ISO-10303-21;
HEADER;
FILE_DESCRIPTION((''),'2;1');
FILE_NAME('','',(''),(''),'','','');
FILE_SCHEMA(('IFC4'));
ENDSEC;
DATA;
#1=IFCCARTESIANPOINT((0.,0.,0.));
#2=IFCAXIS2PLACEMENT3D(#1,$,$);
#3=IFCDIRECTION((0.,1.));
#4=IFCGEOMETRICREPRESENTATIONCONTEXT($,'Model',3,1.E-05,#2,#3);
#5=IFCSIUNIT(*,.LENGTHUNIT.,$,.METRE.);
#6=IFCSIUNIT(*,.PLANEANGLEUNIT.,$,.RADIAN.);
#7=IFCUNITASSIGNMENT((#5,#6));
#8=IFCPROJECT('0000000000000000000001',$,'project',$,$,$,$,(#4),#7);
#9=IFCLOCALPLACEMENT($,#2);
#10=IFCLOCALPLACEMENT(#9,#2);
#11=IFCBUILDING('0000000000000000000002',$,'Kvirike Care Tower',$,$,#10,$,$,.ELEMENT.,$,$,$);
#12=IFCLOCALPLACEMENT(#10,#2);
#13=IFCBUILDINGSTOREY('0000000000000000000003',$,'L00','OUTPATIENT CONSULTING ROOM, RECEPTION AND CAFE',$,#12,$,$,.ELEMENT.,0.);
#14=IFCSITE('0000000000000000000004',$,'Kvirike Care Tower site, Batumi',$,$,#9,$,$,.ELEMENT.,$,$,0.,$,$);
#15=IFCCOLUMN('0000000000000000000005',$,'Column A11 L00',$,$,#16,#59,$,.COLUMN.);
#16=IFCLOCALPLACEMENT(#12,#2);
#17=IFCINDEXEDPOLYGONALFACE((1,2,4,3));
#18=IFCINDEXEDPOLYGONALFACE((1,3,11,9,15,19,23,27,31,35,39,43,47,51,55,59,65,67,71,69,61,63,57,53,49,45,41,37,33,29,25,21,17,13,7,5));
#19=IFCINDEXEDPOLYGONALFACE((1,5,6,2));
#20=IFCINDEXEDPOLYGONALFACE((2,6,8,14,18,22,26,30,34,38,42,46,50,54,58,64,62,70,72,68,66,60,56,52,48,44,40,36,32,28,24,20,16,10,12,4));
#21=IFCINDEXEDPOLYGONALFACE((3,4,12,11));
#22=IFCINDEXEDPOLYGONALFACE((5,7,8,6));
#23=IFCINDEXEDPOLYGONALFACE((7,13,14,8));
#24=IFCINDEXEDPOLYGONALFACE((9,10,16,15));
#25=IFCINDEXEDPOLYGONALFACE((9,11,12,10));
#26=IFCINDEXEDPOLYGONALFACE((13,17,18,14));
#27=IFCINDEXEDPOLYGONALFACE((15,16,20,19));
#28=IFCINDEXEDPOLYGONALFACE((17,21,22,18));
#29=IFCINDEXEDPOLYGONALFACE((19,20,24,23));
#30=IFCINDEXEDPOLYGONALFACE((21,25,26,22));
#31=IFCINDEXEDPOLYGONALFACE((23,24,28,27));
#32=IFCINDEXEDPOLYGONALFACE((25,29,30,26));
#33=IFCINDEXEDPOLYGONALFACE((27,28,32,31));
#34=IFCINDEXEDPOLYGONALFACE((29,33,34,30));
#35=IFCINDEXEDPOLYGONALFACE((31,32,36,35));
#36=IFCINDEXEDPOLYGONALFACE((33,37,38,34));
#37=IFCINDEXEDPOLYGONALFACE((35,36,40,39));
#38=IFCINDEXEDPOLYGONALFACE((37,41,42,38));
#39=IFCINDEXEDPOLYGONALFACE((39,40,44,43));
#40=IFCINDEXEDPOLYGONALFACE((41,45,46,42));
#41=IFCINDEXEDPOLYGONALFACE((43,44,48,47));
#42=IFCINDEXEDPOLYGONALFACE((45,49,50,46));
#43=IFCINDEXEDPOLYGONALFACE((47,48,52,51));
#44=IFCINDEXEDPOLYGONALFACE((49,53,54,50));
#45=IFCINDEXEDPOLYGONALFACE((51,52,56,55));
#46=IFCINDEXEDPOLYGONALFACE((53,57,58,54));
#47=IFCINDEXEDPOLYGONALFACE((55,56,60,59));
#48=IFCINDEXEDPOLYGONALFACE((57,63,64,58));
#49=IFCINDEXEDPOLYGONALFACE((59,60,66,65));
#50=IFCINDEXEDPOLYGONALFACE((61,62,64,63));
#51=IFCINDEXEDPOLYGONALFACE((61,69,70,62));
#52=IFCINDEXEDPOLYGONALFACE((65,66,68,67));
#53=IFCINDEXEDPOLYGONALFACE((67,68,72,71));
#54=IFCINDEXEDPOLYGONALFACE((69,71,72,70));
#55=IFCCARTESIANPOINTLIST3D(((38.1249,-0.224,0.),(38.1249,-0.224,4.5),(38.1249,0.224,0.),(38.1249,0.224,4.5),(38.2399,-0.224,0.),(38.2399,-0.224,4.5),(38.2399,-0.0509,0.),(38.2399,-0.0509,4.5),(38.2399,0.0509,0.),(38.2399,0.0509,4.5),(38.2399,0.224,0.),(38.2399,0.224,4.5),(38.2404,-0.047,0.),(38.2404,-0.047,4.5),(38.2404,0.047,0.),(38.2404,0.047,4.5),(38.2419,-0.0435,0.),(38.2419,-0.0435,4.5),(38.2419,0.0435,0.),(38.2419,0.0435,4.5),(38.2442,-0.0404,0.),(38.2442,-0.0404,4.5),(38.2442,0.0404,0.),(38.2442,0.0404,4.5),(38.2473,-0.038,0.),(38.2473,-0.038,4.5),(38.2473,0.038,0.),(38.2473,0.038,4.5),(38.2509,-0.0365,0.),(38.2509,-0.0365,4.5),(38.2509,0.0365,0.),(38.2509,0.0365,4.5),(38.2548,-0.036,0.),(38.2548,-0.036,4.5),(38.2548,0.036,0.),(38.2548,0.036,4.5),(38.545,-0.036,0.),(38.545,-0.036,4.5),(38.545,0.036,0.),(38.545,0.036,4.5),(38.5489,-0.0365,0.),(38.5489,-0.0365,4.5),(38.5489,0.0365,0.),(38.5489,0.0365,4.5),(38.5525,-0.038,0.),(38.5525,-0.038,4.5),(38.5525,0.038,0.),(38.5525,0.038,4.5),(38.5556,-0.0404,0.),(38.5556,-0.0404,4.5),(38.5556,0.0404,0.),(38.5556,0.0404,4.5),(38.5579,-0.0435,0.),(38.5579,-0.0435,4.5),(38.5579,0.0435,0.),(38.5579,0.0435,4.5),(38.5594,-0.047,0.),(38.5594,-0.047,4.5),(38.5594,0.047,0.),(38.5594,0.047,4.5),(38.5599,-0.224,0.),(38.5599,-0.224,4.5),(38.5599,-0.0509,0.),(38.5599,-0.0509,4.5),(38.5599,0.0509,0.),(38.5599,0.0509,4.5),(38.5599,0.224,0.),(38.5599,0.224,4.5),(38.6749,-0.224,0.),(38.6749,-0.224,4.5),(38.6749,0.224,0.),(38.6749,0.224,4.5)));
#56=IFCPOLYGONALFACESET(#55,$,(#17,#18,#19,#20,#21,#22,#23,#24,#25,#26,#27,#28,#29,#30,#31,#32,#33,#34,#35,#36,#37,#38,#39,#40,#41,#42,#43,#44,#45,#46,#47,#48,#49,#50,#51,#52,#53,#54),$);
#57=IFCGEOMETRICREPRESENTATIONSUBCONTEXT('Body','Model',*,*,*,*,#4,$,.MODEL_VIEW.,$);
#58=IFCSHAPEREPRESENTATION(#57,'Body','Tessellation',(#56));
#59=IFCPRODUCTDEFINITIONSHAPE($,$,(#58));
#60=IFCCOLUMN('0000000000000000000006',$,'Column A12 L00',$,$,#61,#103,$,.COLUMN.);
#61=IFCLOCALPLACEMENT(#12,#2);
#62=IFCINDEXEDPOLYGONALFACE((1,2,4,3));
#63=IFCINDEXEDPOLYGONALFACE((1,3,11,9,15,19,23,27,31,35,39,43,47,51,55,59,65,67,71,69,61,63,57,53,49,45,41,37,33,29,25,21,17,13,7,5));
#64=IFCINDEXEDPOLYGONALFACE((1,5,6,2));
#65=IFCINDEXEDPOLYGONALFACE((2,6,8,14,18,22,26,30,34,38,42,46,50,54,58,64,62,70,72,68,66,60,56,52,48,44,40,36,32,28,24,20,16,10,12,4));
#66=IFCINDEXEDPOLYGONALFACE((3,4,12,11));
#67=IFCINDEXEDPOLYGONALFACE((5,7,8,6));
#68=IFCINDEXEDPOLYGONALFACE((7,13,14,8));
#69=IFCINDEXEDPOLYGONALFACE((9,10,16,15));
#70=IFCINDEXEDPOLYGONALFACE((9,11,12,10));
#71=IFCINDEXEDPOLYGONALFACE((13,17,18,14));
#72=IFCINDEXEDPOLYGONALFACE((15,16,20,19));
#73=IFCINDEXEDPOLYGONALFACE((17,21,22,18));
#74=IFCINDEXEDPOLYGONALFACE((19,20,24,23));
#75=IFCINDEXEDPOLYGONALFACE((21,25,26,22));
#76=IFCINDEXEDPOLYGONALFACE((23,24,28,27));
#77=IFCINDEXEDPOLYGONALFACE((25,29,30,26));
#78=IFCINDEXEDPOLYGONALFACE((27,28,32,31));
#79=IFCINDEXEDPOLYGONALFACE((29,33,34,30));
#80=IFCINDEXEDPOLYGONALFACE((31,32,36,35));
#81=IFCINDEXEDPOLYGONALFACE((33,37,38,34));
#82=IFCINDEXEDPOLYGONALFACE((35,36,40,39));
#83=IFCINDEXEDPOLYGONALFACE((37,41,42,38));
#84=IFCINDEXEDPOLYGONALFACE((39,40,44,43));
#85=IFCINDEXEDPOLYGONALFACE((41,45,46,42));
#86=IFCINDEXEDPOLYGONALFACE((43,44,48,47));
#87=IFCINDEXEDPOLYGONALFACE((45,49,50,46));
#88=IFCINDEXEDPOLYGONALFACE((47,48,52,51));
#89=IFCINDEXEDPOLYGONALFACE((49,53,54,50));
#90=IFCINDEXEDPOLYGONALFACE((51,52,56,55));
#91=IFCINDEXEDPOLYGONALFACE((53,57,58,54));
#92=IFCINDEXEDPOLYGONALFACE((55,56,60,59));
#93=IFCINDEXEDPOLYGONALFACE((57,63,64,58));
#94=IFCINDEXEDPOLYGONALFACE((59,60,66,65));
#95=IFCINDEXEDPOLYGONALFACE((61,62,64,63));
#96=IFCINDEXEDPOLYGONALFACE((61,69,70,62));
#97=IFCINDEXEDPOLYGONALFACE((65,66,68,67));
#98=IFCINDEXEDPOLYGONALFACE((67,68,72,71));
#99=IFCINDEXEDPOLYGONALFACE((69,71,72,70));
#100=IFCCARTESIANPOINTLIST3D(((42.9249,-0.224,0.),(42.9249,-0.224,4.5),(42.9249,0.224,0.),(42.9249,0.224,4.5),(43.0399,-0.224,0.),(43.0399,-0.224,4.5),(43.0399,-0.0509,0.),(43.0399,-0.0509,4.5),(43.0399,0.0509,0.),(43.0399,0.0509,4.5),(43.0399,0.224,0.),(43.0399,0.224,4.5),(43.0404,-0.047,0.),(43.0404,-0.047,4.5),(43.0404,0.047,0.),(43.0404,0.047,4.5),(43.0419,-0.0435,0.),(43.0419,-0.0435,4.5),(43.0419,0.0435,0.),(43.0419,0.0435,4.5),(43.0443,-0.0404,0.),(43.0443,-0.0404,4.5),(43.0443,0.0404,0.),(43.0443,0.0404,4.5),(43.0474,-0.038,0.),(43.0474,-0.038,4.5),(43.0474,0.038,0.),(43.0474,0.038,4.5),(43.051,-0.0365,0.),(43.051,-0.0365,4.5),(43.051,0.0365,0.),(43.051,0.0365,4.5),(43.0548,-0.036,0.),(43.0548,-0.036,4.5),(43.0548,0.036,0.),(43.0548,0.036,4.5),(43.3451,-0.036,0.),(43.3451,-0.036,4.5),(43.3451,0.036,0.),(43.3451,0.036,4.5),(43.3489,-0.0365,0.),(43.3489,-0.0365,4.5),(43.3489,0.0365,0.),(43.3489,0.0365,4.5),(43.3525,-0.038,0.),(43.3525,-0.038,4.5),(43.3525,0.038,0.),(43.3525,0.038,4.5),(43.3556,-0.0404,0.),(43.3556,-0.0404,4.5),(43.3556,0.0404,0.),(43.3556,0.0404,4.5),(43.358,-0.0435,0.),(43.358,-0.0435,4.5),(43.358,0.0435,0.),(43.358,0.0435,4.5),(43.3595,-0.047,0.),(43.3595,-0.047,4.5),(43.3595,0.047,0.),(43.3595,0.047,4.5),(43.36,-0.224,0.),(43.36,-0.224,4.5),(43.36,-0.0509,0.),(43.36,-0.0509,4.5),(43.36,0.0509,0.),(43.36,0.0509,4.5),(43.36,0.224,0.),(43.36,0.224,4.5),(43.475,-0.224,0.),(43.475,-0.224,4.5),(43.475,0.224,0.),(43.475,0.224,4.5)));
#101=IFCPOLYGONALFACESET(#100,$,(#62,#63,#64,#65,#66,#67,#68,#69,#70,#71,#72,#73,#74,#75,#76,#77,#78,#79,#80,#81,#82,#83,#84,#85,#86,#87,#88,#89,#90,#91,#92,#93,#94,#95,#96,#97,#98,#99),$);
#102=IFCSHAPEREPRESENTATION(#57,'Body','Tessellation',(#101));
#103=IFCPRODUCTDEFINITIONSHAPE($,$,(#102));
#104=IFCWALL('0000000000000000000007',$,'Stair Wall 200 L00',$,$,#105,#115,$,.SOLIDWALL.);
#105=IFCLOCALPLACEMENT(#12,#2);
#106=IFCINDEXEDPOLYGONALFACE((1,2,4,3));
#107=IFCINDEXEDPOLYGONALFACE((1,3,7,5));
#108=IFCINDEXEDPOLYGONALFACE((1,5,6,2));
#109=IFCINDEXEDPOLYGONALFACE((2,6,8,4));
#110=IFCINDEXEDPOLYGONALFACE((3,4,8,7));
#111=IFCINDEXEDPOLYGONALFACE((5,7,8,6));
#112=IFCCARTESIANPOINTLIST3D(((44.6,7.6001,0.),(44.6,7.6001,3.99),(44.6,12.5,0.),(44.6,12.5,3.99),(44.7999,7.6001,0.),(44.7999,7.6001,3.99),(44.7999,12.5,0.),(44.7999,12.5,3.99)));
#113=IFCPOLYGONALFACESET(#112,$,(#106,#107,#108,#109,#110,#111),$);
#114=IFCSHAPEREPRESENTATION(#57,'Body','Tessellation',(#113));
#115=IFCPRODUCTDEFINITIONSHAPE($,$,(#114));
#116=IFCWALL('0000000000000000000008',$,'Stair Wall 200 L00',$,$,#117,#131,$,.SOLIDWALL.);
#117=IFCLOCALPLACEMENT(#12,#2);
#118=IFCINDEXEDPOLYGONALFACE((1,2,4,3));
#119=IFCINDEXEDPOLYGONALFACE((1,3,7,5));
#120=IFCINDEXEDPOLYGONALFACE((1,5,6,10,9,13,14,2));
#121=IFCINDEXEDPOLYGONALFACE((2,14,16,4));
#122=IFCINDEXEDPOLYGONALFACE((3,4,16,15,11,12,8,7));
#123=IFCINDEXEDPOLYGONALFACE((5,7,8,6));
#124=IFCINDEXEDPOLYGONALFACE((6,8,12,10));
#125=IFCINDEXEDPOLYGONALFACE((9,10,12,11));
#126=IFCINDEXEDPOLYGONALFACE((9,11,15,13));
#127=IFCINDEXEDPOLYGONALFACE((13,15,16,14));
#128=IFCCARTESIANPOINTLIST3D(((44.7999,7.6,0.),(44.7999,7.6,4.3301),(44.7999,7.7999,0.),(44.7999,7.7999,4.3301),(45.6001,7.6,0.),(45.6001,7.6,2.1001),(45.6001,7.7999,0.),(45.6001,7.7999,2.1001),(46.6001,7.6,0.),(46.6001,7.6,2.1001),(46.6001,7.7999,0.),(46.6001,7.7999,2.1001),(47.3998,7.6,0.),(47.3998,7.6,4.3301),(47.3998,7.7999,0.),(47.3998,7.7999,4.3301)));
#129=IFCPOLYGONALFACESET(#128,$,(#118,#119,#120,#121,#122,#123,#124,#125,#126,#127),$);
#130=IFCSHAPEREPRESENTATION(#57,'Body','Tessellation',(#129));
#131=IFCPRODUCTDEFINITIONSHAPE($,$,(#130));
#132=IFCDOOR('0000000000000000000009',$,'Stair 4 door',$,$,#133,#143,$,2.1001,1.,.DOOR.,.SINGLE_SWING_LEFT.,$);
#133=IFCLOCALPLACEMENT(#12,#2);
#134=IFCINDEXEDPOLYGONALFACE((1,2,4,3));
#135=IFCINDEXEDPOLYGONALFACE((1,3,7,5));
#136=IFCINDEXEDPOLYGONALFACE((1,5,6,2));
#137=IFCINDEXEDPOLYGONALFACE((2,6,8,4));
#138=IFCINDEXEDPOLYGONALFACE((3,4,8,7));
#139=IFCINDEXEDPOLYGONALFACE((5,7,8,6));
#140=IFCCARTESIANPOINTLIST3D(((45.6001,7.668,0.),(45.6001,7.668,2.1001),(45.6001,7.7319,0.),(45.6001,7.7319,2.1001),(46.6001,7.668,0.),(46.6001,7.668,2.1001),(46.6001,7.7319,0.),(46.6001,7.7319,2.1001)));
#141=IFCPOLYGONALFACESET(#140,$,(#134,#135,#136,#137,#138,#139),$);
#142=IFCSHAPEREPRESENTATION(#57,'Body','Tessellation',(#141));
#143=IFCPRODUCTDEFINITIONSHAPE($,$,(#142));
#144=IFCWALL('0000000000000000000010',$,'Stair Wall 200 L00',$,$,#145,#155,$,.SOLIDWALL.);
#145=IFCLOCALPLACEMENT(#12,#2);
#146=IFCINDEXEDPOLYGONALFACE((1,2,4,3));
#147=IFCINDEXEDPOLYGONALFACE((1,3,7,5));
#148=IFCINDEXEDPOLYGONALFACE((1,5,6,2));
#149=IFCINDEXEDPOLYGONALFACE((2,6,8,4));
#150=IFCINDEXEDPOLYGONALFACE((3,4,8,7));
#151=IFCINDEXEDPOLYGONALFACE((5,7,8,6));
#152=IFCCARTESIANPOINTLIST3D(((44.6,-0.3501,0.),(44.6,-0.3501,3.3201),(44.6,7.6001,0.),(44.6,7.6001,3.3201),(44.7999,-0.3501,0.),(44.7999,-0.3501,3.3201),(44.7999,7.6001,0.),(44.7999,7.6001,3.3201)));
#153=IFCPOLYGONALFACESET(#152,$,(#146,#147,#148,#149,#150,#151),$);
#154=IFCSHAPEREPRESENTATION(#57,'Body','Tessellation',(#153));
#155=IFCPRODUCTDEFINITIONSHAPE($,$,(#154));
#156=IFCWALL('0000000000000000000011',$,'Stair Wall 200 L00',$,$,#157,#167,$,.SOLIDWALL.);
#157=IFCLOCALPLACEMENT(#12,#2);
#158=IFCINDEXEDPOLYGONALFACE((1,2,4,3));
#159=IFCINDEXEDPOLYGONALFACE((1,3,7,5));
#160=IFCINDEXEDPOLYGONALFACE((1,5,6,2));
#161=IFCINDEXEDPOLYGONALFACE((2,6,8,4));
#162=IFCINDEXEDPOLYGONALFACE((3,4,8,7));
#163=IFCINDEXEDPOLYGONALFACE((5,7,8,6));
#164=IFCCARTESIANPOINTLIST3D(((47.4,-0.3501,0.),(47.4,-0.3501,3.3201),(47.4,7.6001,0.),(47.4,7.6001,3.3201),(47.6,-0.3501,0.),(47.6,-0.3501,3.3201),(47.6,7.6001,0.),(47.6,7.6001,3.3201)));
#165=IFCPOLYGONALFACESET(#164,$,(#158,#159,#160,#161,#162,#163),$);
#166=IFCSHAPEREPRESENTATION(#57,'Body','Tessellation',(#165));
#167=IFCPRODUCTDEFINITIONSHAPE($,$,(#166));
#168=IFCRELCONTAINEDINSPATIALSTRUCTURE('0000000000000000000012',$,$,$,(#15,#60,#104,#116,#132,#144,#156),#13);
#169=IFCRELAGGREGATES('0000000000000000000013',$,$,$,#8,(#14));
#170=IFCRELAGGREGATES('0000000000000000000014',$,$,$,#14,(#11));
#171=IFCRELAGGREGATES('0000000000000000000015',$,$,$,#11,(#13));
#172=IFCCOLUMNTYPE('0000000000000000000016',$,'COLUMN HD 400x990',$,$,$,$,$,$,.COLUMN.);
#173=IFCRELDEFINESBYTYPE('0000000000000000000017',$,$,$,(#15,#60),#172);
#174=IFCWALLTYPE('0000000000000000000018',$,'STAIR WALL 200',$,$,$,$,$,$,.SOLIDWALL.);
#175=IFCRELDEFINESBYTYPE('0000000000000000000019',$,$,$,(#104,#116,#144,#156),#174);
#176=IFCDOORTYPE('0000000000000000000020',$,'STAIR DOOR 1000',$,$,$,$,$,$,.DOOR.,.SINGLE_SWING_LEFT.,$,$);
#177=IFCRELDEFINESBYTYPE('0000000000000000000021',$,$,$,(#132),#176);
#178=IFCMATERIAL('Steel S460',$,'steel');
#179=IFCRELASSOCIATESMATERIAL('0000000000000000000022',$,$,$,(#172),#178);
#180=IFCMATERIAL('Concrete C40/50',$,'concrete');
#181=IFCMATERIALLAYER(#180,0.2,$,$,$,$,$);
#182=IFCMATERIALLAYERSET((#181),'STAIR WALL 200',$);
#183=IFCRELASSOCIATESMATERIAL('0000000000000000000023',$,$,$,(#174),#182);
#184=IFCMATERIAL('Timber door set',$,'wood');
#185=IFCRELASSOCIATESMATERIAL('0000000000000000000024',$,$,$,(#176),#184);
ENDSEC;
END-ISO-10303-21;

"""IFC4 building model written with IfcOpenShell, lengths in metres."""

from ifc_helpers import new_model, si_unit, direction, frame, frame_2d, origin, origin_2d, place, context, subcontext, project, spatial, rectangle, i_section, extrude, material, layer, layer_set, material_profile, profile_set, type_object, element, fill, save


model = new_model("IFC4")

# Units and contexts
model_context = context("Model", 3, precision=1e-05, world=origin(), true_north=direction((0.0, 1.0)))
body_context = subcontext(model_context, "Body", "Model", "MODEL_VIEW")
ifc_project = project(units=[si_unit("LENGTHUNIT", "METRE"), si_unit("PLANEANGLEUNIT", "RADIAN")], contexts=[model_context])

# Site, building, storey
site_placement = place(None, origin())
site = spatial("IfcSite", under=ifc_project, at=site_placement, Name="Kvirike Care Tower site, Batumi", CompositionType="ELEMENT", RefElevation=0.0)
building_placement = place(site_placement, origin())
building = spatial("IfcBuilding", under=site, at=building_placement, Name="Kvirike Care Tower", CompositionType="ELEMENT")
storey_placement = place(building_placement, origin())
storey = spatial("IfcBuildingStorey", under=building, at=storey_placement, Name="L00", Description="OUTPATIENT CONSULTING ROOM, RECEPTION AND CAFE", CompositionType="ELEMENT", Elevation=0.0)

# Columns
ifc_material_1 = material(Name="Steel S460", Category="steel")
ifc_material_profile_1 = material_profile(ifc_material_1, i_section(OverallWidth=0.448, OverallDepth=0.55, WebThickness=0.072, FlangeThickness=0.115, FilletRadius=0.0149, at=origin_2d()), Name="HD 400x990")
ifc_profile_set_1 = profile_set([ifc_material_profile_1], Name="Steel S460")
column_type_1 = type_object("IfcColumnType", Name="COLUMN HD 400x990", PredefinedType="COLUMN", material=ifc_profile_set_1)
for number, where, z_axis, x_axis, name in (
    (1, (38.3999, 0.0, 0.0), (0.0, 0.0, 1.0), (0.0, 1.0, 0.0), "Column A11 L00"),
    (2, (43.2, 0.0, 0.0), (0.0, 0.0, 1.0), (0.0, 1.0, 0.0), "Column A12 L00"),
):
    element("IfcColumn", number, at=place(storey_placement, frame(where, z_axis=z_axis, x_axis=x_axis)), inside=storey, type_object=column_type_1, Name=name, PredefinedType="COLUMN", context=body_context, shape_type="SweptSolid", body=[
        extrude(i_section(OverallWidth=0.448, OverallDepth=0.55, WebThickness=0.072, FlangeThickness=0.115, FilletRadius=0.0149, at=origin_2d()), origin(), (0.0, 0.0, 1.0), 4.5),
    ])

# Wall
ifc_material_2 = material(Name="Concrete C40/50", Category="concrete")
ifc_layer_1 = layer(ifc_material_2, 0.2)
ifc_layer_set_1 = layer_set([ifc_layer_1], Name="STAIR WALL 200")
wall_type = type_object("IfcWallType", Name="STAIR WALL 200", PredefinedType="SOLIDWALL", material=ifc_layer_set_1)
wall_1_placement = place(storey_placement, frame((44.7, 12.5, 0.0), z_axis=(0.0, 0.0, 1.0), x_axis=(0.0, -1.0, 0.0)))
element("IfcWall", 3, at=wall_1_placement, inside=storey, type_object=wall_type, Name="Stair Wall 200 L00", PredefinedType="SOLIDWALL", context=body_context, shape_type="SweptSolid", body=[
    extrude(rectangle(XDim=4.8999, YDim=0.2, at=frame_2d((2.45, 0.0))), origin(), (0.0, 0.0, 1.0), 3.99),
])

# Wall, opening, door
wall_2_placement = place(storey_placement, frame((44.8, 7.7, 0.0), z_axis=(0.0, 0.0, 1.0), x_axis=(1.0, 0.0, 0.0)))
wall_2 = element("IfcWall", 4, at=wall_2_placement, inside=storey, type_object=wall_type, Name="Stair Wall 200 L00", PredefinedType="SOLIDWALL", context=body_context, shape_type="SweptSolid", body=[
    extrude(rectangle(XDim=2.5999, YDim=0.2, at=frame_2d((1.2998, 0.0))), origin(), (0.0, 0.0, 1.0), 4.3301),
])
opening_placement = place(wall_2_placement, frame((0.8, 0.0, 0.0)))
opening = element("IfcOpeningElement", 5, at=opening_placement, cuts=wall_2, PredefinedType="OPENING", context=body_context, shape_type="SweptSolid", body=[
    extrude(rectangle(XDim=1.0, YDim=2.1001, at=frame_2d((0.5, 1.05))), frame((0.0, 0.1106, 0.0), z_axis=(0.0, -1.0, 0.0), x_axis=(1.0, 0.0, 0.0)), (0.0, 0.0, 1.0), 0.2209),
])
ifc_material_3 = material(Name="Timber door set", Category="wood")
door_type = type_object("IfcDoorType", Name="STAIR DOOR 1000", OperationType="SINGLE_SWING_LEFT", PredefinedType="DOOR", material=ifc_material_3)
door_placement = place(opening_placement, origin())
door = element("IfcDoor", 6, at=door_placement, inside=storey, type_object=door_type, Name="Stair 4 door", OperationType="SINGLE_SWING_LEFT", OverallHeight=2.1001, OverallWidth=1.0, PredefinedType="DOOR", context=body_context, shape_type="SweptSolid", body=[
    extrude(rectangle(XDim=1.0, YDim=2.1001, at=frame_2d((0.5, 1.05))), frame((0.0, 0.032, 0.0), z_axis=(0.0, -1.0, 0.0), x_axis=(1.0, 0.0, 0.0)), (0.0, 0.0, 1.0), 0.064),
])
fill(opening, door)

# Walls
for number, where, z_axis, x_axis, name in (
    (7, (44.7, 7.6001, 0.0), (0.0, 0.0, 1.0), (0.0, -1.0, 0.0), "Stair Wall 200 L00"),
    (8, (47.5, 7.6001, 0.0), (0.0, 0.0, 1.0), (0.0, -1.0, 0.0), "Stair Wall 200 L00"),
):
    element("IfcWall", number, at=place(storey_placement, frame(where, z_axis=z_axis, x_axis=x_axis)), inside=storey, type_object=wall_type, Name=name, PredefinedType="SOLIDWALL", context=body_context, shape_type="SweptSolid", body=[
        extrude(rectangle(XDim=7.9502, YDim=0.2, at=frame_2d((3.9751, 0.0))), origin(), (0.0, 0.0, 1.0), 3.3201),
    ])

save(model, "model.ifc")
